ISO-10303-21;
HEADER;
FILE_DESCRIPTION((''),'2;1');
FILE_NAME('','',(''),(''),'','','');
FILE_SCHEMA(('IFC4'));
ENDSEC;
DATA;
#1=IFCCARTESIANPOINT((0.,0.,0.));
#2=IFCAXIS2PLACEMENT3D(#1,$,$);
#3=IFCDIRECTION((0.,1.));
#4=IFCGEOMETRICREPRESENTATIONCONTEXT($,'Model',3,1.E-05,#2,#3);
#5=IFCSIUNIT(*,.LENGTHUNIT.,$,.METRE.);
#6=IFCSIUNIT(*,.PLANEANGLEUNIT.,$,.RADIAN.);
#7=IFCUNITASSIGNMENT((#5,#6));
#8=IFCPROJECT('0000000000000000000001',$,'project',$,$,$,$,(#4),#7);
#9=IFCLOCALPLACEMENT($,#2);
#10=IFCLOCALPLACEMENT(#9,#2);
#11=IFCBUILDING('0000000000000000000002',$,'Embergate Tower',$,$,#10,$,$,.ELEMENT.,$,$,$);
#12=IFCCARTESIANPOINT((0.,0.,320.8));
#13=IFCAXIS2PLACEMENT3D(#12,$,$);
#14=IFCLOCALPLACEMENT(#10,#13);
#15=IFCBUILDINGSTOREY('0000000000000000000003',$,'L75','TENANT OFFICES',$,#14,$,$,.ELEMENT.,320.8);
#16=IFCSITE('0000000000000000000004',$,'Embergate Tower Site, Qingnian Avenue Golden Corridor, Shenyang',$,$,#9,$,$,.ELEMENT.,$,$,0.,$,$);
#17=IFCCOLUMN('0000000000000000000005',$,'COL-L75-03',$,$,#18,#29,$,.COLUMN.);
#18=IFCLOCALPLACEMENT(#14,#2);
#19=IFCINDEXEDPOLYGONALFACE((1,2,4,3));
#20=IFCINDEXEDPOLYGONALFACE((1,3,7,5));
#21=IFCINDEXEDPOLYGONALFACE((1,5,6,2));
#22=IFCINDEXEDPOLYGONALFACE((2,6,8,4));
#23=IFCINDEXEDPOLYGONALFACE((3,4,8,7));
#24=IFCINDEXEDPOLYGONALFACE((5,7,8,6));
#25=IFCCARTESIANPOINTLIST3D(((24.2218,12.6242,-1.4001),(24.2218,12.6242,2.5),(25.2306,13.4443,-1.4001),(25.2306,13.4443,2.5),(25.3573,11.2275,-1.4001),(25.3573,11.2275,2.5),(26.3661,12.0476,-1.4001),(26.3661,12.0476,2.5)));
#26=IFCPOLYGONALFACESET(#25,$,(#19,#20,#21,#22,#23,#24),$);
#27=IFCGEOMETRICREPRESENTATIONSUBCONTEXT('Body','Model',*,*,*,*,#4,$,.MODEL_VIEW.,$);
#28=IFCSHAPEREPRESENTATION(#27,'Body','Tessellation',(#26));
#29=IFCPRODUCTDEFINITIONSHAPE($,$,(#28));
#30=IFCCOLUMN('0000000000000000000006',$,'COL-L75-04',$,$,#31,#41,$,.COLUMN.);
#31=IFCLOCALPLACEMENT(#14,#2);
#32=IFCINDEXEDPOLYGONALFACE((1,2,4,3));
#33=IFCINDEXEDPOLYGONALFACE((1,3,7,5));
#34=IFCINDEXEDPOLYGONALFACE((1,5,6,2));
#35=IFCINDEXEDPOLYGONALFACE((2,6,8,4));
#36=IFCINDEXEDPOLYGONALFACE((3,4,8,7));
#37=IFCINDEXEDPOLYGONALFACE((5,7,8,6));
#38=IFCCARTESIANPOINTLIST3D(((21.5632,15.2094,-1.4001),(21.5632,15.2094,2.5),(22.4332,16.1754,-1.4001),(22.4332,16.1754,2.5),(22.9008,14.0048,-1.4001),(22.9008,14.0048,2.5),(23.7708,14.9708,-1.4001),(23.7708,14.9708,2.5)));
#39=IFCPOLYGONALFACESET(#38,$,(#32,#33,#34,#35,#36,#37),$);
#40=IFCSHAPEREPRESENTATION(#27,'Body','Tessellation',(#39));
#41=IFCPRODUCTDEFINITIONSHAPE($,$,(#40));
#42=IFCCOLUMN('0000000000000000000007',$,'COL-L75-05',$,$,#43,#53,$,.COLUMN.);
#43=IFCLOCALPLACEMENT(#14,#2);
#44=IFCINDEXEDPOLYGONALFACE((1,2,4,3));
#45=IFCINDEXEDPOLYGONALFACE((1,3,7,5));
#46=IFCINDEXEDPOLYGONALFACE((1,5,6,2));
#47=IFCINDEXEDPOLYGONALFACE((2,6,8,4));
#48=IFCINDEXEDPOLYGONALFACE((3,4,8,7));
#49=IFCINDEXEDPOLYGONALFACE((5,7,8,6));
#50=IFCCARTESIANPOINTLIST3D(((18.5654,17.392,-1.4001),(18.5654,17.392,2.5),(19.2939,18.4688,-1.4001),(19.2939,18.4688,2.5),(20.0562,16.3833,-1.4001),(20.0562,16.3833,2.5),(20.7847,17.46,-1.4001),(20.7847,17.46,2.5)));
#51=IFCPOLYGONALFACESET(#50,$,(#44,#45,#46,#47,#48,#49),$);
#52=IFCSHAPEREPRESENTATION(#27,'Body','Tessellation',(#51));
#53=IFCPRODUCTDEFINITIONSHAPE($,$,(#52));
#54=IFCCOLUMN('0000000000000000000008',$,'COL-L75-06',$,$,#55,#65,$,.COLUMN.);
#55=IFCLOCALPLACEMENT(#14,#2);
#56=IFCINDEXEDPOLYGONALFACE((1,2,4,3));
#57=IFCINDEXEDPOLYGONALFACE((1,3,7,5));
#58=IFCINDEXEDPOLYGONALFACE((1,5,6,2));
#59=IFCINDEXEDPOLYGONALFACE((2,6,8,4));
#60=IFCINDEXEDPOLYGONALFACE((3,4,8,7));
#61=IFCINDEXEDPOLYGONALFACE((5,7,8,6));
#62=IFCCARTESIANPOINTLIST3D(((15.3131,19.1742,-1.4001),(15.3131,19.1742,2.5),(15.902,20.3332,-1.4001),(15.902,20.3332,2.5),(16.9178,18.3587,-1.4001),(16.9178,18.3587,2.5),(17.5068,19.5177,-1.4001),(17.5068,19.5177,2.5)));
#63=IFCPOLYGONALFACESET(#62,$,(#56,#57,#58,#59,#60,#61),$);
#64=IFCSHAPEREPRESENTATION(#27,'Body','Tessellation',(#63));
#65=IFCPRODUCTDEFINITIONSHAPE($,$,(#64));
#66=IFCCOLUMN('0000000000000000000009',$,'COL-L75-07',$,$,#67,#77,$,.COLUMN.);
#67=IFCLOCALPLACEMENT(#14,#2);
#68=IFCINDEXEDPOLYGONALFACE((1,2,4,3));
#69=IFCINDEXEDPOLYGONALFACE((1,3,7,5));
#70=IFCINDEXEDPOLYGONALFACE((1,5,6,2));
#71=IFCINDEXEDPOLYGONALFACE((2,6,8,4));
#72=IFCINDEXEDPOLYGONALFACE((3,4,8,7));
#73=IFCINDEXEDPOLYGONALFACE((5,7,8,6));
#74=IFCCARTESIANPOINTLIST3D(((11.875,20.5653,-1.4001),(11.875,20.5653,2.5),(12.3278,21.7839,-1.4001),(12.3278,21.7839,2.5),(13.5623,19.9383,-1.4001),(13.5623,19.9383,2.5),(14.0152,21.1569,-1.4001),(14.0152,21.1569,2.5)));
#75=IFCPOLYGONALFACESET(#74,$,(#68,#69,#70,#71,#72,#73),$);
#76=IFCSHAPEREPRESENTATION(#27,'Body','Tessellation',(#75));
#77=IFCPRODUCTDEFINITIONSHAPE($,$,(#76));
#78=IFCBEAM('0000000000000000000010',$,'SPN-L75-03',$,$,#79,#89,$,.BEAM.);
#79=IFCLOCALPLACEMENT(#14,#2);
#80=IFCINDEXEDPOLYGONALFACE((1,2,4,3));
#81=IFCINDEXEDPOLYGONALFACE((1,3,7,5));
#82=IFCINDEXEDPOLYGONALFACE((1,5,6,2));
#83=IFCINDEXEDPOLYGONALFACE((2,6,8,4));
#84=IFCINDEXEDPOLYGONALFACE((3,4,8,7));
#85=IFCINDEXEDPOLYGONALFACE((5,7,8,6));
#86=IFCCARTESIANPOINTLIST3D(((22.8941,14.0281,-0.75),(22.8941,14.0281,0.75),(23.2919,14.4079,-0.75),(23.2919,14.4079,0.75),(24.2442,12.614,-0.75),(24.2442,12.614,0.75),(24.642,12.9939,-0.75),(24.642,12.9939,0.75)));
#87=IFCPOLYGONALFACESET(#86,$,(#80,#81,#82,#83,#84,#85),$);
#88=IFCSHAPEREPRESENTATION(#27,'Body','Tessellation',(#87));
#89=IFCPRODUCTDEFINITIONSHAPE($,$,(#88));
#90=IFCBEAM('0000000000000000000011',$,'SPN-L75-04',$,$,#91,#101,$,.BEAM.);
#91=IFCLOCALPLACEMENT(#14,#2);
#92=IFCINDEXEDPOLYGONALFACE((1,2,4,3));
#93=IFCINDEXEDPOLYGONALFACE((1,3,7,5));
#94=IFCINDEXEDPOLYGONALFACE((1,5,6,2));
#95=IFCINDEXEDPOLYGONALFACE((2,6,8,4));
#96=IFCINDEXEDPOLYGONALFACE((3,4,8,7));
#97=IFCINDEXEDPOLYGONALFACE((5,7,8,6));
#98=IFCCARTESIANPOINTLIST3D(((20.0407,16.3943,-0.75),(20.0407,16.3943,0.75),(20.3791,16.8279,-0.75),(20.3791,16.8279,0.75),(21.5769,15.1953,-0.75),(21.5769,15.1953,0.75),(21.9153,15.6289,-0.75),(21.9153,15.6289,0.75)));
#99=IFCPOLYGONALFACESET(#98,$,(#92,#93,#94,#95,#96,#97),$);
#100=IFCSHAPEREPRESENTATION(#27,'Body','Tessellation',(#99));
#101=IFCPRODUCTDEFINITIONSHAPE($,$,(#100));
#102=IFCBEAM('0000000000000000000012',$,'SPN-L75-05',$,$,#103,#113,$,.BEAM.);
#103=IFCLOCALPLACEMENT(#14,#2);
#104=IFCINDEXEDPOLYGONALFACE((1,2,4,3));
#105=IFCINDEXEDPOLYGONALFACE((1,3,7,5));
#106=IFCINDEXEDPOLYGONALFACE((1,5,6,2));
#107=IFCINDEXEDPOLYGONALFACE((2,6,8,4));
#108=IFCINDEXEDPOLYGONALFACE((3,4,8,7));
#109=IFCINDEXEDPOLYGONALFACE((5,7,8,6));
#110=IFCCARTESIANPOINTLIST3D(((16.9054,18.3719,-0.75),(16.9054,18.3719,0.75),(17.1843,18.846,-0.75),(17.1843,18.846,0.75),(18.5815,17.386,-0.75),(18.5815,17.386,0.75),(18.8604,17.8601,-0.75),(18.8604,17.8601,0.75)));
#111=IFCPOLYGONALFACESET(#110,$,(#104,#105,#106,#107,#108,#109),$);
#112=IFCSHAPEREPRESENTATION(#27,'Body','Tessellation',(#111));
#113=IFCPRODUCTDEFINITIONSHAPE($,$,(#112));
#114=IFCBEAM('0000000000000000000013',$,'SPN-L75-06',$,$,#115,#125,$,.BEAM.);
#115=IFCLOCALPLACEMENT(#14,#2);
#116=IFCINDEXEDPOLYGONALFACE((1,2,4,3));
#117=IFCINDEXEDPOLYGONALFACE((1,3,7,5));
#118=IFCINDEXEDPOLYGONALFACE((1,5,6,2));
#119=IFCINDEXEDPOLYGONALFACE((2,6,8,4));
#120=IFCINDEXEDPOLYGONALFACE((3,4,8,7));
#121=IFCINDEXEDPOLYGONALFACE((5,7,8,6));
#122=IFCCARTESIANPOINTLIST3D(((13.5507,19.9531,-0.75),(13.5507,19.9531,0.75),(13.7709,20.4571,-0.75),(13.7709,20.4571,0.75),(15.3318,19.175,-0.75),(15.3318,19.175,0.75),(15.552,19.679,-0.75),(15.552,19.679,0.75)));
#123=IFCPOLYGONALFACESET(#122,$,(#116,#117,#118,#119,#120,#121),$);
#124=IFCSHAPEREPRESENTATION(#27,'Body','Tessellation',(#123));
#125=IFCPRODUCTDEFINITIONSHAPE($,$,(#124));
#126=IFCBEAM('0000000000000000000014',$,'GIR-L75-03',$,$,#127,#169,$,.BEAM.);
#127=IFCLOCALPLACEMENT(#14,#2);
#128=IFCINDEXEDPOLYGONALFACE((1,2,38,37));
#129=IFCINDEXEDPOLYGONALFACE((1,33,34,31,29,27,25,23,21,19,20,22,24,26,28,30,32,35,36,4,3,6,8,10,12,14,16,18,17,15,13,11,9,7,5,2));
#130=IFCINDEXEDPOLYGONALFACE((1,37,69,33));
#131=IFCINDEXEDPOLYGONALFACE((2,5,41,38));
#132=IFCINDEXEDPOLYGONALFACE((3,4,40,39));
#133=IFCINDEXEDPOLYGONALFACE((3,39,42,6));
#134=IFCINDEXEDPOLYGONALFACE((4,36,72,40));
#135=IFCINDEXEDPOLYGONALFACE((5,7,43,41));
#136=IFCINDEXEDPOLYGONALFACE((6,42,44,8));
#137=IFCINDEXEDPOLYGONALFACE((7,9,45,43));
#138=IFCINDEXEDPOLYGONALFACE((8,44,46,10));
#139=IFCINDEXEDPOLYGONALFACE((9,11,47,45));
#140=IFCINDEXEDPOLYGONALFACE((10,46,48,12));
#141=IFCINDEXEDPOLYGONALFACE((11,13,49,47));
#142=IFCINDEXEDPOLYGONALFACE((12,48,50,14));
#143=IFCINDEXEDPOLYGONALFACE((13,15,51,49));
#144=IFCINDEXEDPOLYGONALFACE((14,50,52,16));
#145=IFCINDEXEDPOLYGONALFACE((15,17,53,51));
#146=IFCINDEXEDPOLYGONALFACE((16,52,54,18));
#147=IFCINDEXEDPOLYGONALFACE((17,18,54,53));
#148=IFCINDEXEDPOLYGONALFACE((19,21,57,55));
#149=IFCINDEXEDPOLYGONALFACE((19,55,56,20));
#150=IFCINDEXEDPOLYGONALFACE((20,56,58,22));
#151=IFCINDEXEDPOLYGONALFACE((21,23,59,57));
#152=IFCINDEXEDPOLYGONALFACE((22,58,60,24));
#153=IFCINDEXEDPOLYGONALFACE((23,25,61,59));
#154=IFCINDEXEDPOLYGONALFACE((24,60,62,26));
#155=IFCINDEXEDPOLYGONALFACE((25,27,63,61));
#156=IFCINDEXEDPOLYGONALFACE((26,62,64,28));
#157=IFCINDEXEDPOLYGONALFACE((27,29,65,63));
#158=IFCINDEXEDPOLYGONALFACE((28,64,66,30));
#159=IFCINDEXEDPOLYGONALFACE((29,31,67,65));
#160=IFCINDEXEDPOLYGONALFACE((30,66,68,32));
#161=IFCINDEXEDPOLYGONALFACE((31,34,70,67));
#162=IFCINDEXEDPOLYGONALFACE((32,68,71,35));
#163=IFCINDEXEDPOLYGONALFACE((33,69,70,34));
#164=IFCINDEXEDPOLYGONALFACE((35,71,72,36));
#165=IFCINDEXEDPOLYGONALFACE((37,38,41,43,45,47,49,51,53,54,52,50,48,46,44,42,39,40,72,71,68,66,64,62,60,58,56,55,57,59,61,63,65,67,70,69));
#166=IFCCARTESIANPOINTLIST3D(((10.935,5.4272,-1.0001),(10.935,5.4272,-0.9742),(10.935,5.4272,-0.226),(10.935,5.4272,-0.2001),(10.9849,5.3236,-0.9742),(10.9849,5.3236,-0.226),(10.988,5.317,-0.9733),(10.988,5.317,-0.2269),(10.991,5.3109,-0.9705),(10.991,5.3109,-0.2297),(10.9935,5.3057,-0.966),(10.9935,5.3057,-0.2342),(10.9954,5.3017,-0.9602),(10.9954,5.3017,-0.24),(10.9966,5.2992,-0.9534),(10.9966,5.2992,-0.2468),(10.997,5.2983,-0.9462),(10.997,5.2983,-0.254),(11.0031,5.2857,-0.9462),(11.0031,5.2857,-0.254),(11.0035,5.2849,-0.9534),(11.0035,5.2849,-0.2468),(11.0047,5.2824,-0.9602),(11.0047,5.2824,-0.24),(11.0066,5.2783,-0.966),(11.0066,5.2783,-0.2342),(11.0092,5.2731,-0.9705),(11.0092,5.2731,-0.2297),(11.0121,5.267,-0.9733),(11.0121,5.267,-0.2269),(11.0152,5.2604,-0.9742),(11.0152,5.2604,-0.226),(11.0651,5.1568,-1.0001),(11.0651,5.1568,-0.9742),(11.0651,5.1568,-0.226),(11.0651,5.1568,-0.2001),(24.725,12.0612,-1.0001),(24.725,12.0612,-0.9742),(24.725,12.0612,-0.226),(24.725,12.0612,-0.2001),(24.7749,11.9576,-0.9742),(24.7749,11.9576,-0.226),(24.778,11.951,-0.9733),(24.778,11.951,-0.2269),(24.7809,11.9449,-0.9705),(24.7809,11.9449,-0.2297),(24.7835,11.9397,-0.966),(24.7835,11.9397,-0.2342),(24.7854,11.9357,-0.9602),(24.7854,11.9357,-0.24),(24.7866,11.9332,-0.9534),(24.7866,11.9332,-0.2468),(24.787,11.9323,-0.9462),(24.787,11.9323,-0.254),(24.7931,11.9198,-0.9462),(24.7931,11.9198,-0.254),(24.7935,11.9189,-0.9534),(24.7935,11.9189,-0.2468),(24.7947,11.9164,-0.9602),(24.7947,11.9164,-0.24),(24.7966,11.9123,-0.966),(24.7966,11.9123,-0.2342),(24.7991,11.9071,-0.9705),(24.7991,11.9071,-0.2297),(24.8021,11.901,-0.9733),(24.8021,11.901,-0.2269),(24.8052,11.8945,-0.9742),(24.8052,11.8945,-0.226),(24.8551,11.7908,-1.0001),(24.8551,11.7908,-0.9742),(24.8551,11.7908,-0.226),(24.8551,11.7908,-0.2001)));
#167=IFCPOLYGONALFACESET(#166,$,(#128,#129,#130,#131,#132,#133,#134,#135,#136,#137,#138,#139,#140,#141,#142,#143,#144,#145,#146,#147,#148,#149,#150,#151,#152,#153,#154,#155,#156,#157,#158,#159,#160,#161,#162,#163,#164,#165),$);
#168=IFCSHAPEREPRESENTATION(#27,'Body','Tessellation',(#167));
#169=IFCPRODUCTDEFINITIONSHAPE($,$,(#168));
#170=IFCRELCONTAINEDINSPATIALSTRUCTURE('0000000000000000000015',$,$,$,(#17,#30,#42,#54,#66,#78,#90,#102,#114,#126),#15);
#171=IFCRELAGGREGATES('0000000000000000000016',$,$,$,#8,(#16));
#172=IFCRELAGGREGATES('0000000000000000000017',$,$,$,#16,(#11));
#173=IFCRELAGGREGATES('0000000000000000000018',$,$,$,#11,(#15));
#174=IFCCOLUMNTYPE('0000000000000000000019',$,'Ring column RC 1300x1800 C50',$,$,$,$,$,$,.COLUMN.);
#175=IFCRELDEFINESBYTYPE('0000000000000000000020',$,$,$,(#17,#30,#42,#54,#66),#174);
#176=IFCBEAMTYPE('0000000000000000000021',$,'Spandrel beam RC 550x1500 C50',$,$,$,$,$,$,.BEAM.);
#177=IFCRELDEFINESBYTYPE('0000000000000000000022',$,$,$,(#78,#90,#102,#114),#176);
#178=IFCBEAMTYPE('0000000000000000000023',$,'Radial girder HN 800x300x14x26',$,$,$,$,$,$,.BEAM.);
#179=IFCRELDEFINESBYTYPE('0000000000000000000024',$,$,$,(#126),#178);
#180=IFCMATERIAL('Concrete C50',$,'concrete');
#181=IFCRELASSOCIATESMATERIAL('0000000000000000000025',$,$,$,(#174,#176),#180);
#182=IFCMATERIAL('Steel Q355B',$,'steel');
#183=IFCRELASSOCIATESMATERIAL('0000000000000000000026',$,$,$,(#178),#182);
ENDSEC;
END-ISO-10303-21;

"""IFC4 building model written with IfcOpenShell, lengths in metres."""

from ifc_helpers import new_model, si_unit, direction, frame, origin, origin_2d, place, context, subcontext, project, spatial, rectangle, i_section, extrude, source, transform, mapped, material, material_profile, profile_set, type_object, element, save


model = new_model("IFC4")

# Units and contexts
model_context = context("Model", 3, precision=1e-05, world=origin(), true_north=direction((0.0, 1.0)))
body_context = subcontext(model_context, "Body", "Model", "MODEL_VIEW")
ifc_project = project(units=[si_unit("LENGTHUNIT", "METRE"), si_unit("PLANEANGLEUNIT", "RADIAN")], contexts=[model_context])

# Site, building, storey
site_placement = place(None, origin())
site = spatial("IfcSite", under=ifc_project, at=site_placement, Name="Embergate Tower Site, Qingnian Avenue Golden Corridor, Shenyang", CompositionType="ELEMENT", RefElevation=0.0)
building_placement = place(site_placement, origin())
building = spatial("IfcBuilding", under=site, at=building_placement, Name="Embergate Tower", CompositionType="ELEMENT")
storey_placement = place(building_placement, frame((0.0, 0.0, 320.8)))
storey = spatial("IfcBuildingStorey", under=building, at=storey_placement, Name="L75", Description="TENANT OFFICES", CompositionType="ELEMENT", Elevation=320.8)

# Columns
ifc_material_1 = material(Name="Concrete C50", Category="concrete")
ifc_material_profile_1 = material_profile(ifc_material_1, rectangle(XDim=1.3, YDim=1.8, at=origin_2d()), Name="RC 1300x1800")
ifc_profile_set_1 = profile_set([ifc_material_profile_1], Name="Concrete C50")
column_type = type_object("IfcColumnType", Name="Ring column RC 1300x1800 C50", PredefinedType="COLUMN", material=ifc_profile_set_1)
shared_shape_1 = source(origin(), body_context, "Body", "SweptSolid", [
    extrude(rectangle(XDim=1.3, YDim=1.8, at=origin_2d()), origin(), (0.0, 0.0, 1.0), 3.9001),
])
for number, where, z_axis, x_axis, name in (
    (1, (25.2939, 12.3359, -1.4001), (0.0, 0.0, 1.0), (0.775925, 0.630825, 0.0), "COL-L75-03"),
    (2, (22.667, 15.0901, -1.4001), (0.0, 0.0, 1.0), (0.669221, 0.743063, 0.0), "COL-L75-04"),
    (3, (19.675, 17.426, -1.4001), (0.0, 0.0, 1.0), (0.560393, 0.828227, 0.0), "COL-L75-05"),
    (4, (16.4099, 19.3459, -1.4001), (0.0, 0.0, 1.0), (0.453011, 0.891505, 0.0), "COL-L75-06"),
    (5, (12.9451, 20.8611, -1.4001), (0.0, 0.0, 1.0), (0.348343, 0.937367, 0.0), "COL-L75-07"),
):
    element("IfcColumn", number, at=place(storey_placement, frame(where, z_axis=z_axis, x_axis=x_axis)), inside=storey, type_object=column_type, Name=name, PredefinedType="COLUMN", context=body_context, shape_type="MappedRepresentation", body=[
        mapped(shared_shape_1, transform((0.0, 0.0, 0.0))),
    ])

# Beams
ifc_material_profile_2 = material_profile(ifc_material_1, rectangle(XDim=0.55, YDim=1.5, at=origin_2d()), Name="RC 550x1500")
ifc_profile_set_2 = profile_set([ifc_material_profile_2], Name="Concrete C50")
beam_type_1 = type_object("IfcBeamType", Name="Spandrel beam RC 550x1500 C50", PredefinedType="BEAM", material=ifc_profile_set_2)
shared_shape_2 = source(origin(), body_context, "Body", "SweptSolid", [
    extrude(rectangle(XDim=0.55, YDim=1.5, at=origin_2d()), origin(), (0.0, 0.0, 1.0), 1.9551),
])
beam_1_placement = place(storey_placement, frame((24.4431, 12.804, 0.0), z_axis=(-0.690559, 0.723276, 0.0), x_axis=(-0.723276, -0.690559, 0.0)))
element("IfcBeam", 6, at=beam_1_placement, inside=storey, type_object=beam_type_1, Name="SPN-L75-03", PredefinedType="BEAM", context=body_context, shape_type="MappedRepresentation", body=[
    mapped(shared_shape_2, transform((0.0, 0.0, 0.0))),
])
shared_shape_3 = source(origin(), body_context, "Body", "SweptSolid", [
    extrude(rectangle(XDim=0.55, YDim=1.5, at=origin_2d()), origin(), (0.0, 0.0, 1.0), 1.9487),
])
beam_2_placement = place(storey_placement, frame((21.7461, 15.4121, 0.0), z_axis=(-0.788305, 0.615284, 0.0), x_axis=(-0.615284, -0.788305, 0.0)))
element("IfcBeam", 7, at=beam_2_placement, inside=storey, type_object=beam_type_1, Name="SPN-L75-04", PredefinedType="BEAM", context=body_context, shape_type="MappedRepresentation", body=[
    mapped(shared_shape_3, transform((0.0, 0.0, 0.0))),
])
shared_shape_4 = source(origin(), body_context, "Body", "SweptSolid", [
    extrude(rectangle(XDim=0.55, YDim=1.5, at=origin_2d()), origin(), (0.0, 0.0, 1.0), 1.9446),
])
beam_3_placement = place(storey_placement, frame((18.7209, 17.623, 0.0), z_axis=(-0.861947, 0.506998, 0.0), x_axis=(-0.506998, -0.861947, 0.0)))
element("IfcBeam", 8, at=beam_3_placement, inside=storey, type_object=beam_type_1, Name="SPN-L75-05", PredefinedType="BEAM", context=body_context, shape_type="MappedRepresentation", body=[
    mapped(shared_shape_4, transform((0.0, 0.0, 0.0))),
])
shared_shape_5 = source(origin(), body_context, "Body", "SweptSolid", [
    extrude(rectangle(XDim=0.55, YDim=1.5, at=origin_2d()), origin(), (0.0, 0.0, 1.0), 1.9436),
])
beam_4_placement = place(storey_placement, frame((15.4419, 19.427, 0.0), z_axis=(-0.916368, 0.400338, 0.0), x_axis=(-0.400338, -0.916368, 0.0)))
element("IfcBeam", 9, at=beam_4_placement, inside=storey, type_object=beam_type_1, Name="SPN-L75-06", PredefinedType="BEAM", context=body_context, shape_type="MappedRepresentation", body=[
    mapped(shared_shape_5, transform((0.0, 0.0, 0.0))),
])
ifc_material_2 = material(Name="Steel Q355B", Category="steel")
ifc_material_profile_3 = material_profile(ifc_material_2, i_section(OverallWidth=0.3, OverallDepth=0.8, WebThickness=0.0139, FlangeThickness=0.0259, FilletRadius=0.0281, at=origin_2d()), Name="HN 800x300x14x26")
ifc_profile_set_3 = profile_set([ifc_material_profile_3], Name="Steel Q355 grade B")
beam_type_2 = type_object("IfcBeamType", Name="Radial girder HN 800x300x14x26", PredefinedType="BEAM", material=ifc_profile_set_3)
shared_shape_6 = source(origin(), body_context, "Body", "SweptSolid", [
    extrude(i_section(OverallWidth=0.3, OverallDepth=0.8, WebThickness=0.0139, FlangeThickness=0.0259, FilletRadius=0.0281, at=origin_2d()), origin(), (0.0, 0.0, 1.0), 15.3027),
])
beam_5_placement = place(storey_placement, frame((24.79, 11.926, -0.6001), z_axis=(-0.901145, -0.433518, 0.0), x_axis=(0.433518, -0.901145, 0.0)))
element("IfcBeam", 10, at=beam_5_placement, inside=storey, type_object=beam_type_2, Name="GIR-L75-03", PredefinedType="BEAM", context=body_context, shape_type="MappedRepresentation", body=[
    mapped(shared_shape_6, transform((0.0, 0.0, 0.0))),
])

save(model, "model.ifc")
